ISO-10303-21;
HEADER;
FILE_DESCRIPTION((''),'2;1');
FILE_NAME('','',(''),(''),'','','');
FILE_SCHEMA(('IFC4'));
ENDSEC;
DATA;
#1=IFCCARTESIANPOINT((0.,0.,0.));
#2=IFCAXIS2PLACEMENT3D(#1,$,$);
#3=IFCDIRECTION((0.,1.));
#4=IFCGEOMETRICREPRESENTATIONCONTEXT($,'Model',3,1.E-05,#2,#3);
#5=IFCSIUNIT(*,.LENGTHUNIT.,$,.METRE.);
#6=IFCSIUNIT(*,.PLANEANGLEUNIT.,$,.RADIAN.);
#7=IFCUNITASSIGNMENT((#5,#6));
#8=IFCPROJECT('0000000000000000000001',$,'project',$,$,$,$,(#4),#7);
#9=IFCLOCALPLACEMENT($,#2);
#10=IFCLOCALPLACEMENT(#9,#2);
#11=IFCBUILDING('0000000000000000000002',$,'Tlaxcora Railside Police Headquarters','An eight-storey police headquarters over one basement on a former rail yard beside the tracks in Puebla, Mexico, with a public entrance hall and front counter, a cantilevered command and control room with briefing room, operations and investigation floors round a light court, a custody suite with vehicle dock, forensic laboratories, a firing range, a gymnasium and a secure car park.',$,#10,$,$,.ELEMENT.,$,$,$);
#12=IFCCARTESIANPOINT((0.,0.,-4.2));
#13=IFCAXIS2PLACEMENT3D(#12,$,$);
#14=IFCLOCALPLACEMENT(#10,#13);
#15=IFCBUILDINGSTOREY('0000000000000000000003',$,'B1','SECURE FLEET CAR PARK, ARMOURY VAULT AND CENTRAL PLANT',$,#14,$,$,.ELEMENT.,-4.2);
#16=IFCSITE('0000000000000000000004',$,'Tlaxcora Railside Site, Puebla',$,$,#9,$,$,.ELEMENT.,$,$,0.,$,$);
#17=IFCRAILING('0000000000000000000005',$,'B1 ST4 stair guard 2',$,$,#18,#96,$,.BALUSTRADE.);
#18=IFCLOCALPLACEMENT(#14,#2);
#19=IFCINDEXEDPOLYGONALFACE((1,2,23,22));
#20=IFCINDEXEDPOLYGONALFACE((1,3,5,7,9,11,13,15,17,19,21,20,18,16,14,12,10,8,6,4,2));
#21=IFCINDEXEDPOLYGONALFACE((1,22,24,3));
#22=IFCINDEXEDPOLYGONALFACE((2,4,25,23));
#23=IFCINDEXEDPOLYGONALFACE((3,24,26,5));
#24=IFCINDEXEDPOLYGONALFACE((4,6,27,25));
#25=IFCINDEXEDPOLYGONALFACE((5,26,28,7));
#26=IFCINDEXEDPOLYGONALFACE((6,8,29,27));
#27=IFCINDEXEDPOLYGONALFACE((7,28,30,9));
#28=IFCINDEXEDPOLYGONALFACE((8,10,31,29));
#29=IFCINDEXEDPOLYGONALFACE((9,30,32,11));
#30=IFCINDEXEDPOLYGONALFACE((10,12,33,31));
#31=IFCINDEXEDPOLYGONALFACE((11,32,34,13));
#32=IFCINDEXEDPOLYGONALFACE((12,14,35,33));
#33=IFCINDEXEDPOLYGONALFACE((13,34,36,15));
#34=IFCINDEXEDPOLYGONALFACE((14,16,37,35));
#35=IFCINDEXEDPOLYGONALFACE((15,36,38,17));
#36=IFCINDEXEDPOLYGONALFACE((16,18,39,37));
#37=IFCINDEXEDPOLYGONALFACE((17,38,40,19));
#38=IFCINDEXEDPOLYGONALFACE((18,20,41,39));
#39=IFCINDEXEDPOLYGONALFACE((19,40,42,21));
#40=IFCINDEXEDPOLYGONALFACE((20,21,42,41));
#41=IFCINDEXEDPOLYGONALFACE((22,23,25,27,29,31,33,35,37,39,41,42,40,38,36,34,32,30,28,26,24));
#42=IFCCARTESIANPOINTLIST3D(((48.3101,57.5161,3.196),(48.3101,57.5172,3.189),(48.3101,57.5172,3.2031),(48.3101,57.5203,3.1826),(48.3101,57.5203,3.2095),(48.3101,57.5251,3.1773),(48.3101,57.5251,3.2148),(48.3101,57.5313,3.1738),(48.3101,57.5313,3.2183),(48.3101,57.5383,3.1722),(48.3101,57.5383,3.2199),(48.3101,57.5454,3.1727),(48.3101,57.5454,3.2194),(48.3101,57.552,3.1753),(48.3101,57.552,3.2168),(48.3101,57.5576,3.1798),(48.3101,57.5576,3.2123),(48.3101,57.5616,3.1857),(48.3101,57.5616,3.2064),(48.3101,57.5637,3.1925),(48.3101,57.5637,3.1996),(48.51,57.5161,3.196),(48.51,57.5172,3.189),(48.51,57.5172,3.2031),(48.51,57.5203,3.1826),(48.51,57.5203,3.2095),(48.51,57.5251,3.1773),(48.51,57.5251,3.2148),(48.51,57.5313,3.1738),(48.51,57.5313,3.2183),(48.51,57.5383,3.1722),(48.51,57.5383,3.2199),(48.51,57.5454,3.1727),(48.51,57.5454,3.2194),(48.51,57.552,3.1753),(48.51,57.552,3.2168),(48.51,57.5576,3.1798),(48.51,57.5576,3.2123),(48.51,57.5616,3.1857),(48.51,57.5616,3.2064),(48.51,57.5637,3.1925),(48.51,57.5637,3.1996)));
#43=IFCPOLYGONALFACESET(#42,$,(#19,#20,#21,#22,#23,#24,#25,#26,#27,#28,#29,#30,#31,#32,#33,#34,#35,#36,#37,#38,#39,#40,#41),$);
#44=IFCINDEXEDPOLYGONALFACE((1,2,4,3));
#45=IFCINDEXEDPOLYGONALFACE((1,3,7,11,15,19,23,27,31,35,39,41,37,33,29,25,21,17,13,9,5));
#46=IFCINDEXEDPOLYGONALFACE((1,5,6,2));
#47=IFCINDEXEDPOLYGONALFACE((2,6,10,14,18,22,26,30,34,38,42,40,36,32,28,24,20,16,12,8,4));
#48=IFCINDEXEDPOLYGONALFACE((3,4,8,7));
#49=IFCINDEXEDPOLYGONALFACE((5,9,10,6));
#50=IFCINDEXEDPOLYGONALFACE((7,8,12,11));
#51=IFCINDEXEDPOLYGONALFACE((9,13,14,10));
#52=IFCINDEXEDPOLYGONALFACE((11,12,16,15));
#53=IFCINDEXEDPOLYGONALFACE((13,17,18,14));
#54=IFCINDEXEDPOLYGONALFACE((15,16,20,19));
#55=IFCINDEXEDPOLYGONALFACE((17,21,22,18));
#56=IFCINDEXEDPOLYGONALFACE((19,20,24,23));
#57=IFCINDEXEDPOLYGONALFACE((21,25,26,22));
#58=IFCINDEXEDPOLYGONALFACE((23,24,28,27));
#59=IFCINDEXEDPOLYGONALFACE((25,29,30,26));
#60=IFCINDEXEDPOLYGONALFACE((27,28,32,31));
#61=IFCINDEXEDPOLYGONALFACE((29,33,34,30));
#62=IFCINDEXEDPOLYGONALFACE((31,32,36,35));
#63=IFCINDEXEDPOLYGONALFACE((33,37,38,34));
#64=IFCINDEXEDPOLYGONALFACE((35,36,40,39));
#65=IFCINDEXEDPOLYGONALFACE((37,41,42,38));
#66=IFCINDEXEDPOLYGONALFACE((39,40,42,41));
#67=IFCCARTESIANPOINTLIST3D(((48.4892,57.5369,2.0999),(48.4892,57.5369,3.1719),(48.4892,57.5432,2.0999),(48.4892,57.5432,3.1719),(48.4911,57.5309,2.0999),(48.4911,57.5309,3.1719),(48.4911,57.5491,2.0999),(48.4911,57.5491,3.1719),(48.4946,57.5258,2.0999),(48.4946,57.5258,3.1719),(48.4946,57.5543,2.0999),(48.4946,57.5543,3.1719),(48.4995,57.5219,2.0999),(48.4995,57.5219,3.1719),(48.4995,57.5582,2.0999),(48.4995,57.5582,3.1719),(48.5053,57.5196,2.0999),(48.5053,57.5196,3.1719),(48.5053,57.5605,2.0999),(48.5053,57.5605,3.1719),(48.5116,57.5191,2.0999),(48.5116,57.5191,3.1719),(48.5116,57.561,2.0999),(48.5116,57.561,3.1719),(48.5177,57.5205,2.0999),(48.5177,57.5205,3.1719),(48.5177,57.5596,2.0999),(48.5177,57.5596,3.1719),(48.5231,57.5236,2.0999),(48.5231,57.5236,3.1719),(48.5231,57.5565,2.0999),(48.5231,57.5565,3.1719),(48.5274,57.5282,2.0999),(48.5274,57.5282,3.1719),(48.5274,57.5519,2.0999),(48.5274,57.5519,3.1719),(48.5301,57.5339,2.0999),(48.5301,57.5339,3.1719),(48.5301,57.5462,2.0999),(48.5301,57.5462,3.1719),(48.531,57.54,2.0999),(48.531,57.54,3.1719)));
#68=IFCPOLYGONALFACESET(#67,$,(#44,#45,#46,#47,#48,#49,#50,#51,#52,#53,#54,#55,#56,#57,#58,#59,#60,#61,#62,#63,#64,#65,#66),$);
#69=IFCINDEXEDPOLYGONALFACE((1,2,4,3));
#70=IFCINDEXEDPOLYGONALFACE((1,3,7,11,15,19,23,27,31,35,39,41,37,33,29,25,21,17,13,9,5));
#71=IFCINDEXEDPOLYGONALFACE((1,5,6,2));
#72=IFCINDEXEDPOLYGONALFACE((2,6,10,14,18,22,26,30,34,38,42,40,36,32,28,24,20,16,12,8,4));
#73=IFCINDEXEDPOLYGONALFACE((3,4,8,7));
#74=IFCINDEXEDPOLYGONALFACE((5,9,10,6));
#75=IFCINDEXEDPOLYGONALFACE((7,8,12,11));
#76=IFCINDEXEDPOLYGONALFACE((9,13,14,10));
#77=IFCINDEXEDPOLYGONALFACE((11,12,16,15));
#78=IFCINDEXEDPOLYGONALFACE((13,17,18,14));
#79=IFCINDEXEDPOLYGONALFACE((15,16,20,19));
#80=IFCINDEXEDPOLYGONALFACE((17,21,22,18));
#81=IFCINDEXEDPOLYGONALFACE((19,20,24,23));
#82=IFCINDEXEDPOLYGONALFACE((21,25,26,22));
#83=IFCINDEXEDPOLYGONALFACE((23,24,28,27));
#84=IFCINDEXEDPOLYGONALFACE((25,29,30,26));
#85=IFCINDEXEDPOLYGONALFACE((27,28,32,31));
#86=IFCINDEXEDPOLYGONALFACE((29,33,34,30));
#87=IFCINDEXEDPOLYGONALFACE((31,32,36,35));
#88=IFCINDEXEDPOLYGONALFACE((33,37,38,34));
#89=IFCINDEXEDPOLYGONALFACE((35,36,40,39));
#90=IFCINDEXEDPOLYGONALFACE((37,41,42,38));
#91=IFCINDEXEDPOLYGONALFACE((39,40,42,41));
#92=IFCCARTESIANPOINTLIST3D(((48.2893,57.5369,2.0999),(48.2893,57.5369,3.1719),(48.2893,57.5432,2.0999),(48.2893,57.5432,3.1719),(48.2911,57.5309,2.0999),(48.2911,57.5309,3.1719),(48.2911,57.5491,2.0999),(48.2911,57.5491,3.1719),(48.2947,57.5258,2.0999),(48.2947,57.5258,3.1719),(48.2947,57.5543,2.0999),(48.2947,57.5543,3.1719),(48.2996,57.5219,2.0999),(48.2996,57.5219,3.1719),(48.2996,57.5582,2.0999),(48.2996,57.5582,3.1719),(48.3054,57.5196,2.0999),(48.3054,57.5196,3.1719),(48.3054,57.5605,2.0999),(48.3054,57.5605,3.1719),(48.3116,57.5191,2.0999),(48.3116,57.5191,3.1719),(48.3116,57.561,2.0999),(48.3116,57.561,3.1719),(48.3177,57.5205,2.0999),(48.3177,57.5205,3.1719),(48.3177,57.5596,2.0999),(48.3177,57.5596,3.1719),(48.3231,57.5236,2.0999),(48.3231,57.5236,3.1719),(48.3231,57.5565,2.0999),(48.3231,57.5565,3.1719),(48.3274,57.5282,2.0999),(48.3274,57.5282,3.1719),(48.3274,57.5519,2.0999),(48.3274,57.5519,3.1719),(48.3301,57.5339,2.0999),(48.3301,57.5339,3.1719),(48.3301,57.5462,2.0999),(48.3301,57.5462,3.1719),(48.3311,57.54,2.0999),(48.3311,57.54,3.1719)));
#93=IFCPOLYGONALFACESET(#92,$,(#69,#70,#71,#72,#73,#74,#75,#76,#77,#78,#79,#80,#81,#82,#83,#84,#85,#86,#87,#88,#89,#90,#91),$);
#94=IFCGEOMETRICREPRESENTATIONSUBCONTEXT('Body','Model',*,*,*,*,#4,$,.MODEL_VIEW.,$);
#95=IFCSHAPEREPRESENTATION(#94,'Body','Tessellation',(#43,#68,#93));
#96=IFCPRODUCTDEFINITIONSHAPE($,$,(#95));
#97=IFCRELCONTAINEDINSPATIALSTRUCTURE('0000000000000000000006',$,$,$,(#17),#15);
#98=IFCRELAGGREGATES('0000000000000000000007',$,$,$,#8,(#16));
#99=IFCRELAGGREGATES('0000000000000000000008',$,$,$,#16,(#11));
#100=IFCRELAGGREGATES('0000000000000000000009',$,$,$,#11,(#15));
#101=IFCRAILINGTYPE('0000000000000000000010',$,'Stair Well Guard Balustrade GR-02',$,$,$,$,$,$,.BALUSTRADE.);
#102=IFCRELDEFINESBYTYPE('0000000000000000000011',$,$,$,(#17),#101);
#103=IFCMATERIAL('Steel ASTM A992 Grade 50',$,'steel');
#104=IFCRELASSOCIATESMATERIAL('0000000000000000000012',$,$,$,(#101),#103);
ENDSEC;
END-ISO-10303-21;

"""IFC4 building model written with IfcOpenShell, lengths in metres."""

from ifc_helpers import new_model, si_unit, direction, frame, origin, origin_2d, place, context, subcontext, project, spatial, circle, extrude, material, type_object, element, save


model = new_model("IFC4")

# Units and contexts
model_context = context("Model", 3, precision=1e-05, world=origin(), true_north=direction((0.0, 1.0)))
body_context = subcontext(model_context, "Body", "Model", "MODEL_VIEW")
ifc_project = project(units=[si_unit("LENGTHUNIT", "METRE"), si_unit("PLANEANGLEUNIT", "RADIAN")], contexts=[model_context])

# Site, building, storey
site_placement = place(None, origin())
site = spatial("IfcSite", under=ifc_project, at=site_placement, Name="Tlaxcora Railside Site, Puebla", CompositionType="ELEMENT", RefElevation=0.0)
building_placement = place(site_placement, origin())
building = spatial("IfcBuilding", under=site, at=building_placement, Name="Tlaxcora Railside Police Headquarters", Description="An eight-storey police headquarters over one basement on a former rail yard beside the tracks in Puebla, Mexico, with a public entrance hall and front counter, a cantilevered command and control room with briefing room, operations and investigation floors round a light court, a custody suite with vehicle dock, forensic laboratories, a firing range, a gymnasium and a secure car park.", CompositionType="ELEMENT")
storey_placement = place(building_placement, frame((0.0, 0.0, -4.2)))
storey = spatial("IfcBuildingStorey", under=building, at=storey_placement, Name="B1", Description="SECURE FLEET CAR PARK, ARMOURY VAULT AND CENTRAL PLANT", CompositionType="ELEMENT", Elevation=-4.2)

# Shared definitions
ifc_material_1 = material(Name="Steel ASTM A992 Grade 50", Category="steel")

# Railing
railing_type_1 = type_object("IfcRailingType", Name="Stair Well Guard Balustrade GR-02", PredefinedType="BALUSTRADE", material=ifc_material_1)
railing_1_placement = place(storey_placement, frame((48.51, 57.54, 2.0999)))
element("IfcRailing", 1, at=railing_1_placement, inside=storey, type_object=railing_type_1, Name="B1 ST4 stair guard 2", PredefinedType="BALUSTRADE", context=body_context, shape_type="SweptSolid", body=[
    extrude(circle(Radius=0.0239, at=origin_2d()), frame((0.0, 0.0, 1.0962), z_axis=(-1.0, 0.0, 0.0), x_axis=(0.0, -1.0, 0.0)), (0.0, 0.0, 1.0), 0.2),
    extrude(circle(Radius=0.021, at=origin_2d()), origin(), (0.0, 0.0, 1.0), 1.072),
    extrude(circle(Radius=0.021, at=origin_2d()), frame((-0.2, 0.0, 0.0)), (0.0, 0.0, 1.0), 1.072),
])

save(model, "model.ifc")
